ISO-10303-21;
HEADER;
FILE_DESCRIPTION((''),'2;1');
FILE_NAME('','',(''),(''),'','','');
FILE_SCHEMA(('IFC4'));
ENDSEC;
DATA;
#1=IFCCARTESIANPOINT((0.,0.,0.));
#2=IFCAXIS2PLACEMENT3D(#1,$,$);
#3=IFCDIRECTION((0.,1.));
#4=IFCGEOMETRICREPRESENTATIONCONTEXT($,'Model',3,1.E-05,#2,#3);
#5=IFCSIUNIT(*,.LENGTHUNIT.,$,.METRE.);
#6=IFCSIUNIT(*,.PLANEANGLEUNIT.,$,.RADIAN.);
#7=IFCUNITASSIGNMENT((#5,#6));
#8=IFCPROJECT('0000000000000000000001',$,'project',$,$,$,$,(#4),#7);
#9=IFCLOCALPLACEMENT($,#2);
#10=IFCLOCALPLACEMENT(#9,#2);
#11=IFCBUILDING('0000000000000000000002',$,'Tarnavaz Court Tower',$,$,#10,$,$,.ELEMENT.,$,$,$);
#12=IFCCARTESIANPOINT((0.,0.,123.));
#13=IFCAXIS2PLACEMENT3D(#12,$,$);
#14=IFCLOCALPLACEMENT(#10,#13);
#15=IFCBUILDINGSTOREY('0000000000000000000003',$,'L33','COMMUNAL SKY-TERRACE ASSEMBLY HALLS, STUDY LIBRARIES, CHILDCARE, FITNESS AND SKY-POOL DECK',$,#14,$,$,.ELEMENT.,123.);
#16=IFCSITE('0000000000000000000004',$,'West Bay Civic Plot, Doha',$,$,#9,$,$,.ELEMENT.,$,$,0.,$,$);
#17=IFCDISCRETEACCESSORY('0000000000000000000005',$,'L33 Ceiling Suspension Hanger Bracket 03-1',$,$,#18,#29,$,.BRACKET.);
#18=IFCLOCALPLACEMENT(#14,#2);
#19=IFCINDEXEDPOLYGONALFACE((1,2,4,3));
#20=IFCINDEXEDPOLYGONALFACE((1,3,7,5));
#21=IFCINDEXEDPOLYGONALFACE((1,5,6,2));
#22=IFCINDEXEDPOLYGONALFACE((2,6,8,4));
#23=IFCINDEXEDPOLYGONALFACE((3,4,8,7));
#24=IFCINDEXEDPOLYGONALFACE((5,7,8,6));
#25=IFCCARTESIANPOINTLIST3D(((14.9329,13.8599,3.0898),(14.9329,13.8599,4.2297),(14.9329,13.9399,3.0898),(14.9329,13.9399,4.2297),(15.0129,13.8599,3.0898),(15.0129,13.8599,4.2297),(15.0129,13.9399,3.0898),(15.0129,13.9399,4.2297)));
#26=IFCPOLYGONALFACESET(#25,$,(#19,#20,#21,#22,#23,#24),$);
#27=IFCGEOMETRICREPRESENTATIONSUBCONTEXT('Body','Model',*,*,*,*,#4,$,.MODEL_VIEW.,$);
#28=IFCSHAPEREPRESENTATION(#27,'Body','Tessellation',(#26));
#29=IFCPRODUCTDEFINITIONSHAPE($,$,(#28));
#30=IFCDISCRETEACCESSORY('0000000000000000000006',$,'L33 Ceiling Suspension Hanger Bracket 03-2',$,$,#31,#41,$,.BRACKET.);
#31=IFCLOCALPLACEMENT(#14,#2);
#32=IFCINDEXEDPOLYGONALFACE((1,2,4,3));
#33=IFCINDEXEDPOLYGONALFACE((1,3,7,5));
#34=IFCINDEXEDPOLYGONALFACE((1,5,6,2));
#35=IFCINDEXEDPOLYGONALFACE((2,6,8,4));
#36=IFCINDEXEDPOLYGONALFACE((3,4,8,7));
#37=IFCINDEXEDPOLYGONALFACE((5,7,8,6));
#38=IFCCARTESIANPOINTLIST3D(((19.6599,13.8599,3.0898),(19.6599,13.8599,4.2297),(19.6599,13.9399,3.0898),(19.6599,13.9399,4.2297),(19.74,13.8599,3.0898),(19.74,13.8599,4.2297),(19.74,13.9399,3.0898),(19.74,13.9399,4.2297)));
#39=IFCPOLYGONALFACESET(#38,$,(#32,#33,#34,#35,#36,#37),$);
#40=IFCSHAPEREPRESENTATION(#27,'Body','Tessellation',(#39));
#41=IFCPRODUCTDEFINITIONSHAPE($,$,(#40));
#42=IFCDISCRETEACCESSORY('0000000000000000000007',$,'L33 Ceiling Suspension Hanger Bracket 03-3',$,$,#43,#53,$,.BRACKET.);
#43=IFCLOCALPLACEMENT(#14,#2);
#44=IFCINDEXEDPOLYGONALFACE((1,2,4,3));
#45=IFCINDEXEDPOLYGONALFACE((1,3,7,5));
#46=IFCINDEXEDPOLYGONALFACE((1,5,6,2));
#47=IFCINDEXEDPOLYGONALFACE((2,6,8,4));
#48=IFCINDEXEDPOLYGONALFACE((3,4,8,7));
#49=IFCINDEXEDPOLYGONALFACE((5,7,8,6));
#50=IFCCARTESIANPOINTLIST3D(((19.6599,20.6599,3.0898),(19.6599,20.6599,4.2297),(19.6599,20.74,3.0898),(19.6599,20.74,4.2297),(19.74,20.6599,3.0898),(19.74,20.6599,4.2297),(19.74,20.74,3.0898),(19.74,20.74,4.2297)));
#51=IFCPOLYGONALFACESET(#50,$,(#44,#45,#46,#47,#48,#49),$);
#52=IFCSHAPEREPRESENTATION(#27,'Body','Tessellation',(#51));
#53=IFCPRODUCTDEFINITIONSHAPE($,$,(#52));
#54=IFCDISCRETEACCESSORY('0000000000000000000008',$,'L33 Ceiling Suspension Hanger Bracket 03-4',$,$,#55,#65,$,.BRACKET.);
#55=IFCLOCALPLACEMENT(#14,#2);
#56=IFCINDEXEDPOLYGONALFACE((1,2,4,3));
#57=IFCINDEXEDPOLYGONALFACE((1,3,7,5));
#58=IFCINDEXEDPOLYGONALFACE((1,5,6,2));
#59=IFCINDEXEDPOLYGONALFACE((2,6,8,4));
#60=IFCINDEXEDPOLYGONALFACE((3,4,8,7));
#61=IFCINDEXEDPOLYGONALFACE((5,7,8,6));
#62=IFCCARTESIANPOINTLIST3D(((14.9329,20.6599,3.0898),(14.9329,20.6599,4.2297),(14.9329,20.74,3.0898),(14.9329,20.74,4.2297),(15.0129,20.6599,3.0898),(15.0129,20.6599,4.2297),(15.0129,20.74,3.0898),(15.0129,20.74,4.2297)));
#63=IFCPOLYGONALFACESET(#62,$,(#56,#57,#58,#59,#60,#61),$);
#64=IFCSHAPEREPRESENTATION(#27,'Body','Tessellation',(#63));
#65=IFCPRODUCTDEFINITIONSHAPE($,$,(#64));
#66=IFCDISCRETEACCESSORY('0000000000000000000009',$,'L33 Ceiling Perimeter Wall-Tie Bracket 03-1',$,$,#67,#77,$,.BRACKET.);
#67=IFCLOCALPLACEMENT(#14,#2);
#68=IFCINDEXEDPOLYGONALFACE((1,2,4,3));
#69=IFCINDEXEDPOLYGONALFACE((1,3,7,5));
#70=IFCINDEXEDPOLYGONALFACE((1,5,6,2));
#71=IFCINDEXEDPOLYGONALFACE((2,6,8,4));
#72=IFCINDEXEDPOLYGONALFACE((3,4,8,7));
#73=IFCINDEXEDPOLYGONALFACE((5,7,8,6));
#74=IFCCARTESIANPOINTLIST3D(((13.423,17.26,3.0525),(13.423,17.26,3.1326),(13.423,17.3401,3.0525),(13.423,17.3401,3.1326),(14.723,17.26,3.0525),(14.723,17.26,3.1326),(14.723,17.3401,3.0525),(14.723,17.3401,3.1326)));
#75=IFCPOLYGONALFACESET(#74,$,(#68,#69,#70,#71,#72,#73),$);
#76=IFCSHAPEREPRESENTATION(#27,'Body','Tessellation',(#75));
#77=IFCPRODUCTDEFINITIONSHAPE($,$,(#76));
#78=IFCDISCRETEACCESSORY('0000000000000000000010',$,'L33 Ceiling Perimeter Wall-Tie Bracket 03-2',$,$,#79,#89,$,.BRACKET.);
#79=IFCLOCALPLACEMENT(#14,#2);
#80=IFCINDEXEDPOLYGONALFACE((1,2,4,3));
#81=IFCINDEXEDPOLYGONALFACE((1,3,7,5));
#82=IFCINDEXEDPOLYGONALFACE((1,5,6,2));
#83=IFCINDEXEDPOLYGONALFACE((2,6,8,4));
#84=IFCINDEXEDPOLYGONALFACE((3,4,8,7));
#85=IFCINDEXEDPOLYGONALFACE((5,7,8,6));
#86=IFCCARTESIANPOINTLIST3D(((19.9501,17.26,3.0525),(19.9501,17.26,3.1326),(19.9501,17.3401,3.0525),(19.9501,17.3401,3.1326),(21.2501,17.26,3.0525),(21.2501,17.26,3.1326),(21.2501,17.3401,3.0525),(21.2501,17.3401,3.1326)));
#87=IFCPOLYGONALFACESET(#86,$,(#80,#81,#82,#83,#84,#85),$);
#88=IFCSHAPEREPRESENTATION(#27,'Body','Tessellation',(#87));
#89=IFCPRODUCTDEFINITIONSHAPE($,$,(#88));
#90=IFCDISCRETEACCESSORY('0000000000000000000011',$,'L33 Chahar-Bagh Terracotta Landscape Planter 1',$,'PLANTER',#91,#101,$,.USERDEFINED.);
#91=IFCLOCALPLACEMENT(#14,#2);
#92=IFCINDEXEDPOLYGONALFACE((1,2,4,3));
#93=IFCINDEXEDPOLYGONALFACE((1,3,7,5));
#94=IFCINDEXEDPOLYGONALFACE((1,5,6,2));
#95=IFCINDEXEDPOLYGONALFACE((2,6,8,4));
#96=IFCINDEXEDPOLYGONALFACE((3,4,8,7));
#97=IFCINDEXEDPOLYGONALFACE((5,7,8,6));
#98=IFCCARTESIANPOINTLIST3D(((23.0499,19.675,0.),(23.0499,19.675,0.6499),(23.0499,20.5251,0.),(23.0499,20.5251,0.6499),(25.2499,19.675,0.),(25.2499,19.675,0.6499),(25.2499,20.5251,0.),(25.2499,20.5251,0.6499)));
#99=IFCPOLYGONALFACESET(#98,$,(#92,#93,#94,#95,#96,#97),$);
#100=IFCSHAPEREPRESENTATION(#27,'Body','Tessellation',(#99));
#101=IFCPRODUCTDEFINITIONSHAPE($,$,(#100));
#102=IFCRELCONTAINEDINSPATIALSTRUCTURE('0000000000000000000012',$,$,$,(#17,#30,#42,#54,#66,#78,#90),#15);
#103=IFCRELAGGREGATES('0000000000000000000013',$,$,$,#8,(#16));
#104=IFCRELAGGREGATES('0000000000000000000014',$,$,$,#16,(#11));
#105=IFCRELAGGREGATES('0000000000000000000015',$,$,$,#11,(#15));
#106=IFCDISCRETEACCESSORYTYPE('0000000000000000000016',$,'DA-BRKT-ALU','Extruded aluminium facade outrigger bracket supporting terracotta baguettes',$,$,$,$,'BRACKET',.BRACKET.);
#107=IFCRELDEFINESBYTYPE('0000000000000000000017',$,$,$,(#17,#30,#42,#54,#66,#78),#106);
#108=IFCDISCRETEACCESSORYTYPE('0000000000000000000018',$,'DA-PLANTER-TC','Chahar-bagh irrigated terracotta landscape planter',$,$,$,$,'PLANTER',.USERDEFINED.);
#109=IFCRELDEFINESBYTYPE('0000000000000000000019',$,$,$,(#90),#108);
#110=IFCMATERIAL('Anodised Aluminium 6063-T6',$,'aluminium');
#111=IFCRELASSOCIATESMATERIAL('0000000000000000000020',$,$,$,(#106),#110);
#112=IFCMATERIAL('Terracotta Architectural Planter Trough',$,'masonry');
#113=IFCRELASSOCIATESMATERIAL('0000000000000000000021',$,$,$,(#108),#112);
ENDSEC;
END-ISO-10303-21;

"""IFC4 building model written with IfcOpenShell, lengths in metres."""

from ifc_helpers import new_model, si_unit, direction, frame, origin, origin_2d, place, context, subcontext, project, spatial, rectangle, extrude, material, type_object, element, save


model = new_model("IFC4")

# Units and contexts
model_context = context("Model", 3, precision=1e-05, world=origin(), true_north=direction((0.0, 1.0)))
body_context = subcontext(model_context, "Body", "Model", "MODEL_VIEW")
ifc_project = project(units=[si_unit("LENGTHUNIT", "METRE"), si_unit("PLANEANGLEUNIT", "RADIAN")], contexts=[model_context])

# Site, building, storey
site_placement = place(None, origin())
site = spatial("IfcSite", under=ifc_project, at=site_placement, Name="West Bay Civic Plot, Doha", CompositionType="ELEMENT", RefElevation=0.0)
building_placement = place(site_placement, origin())
building = spatial("IfcBuilding", under=site, at=building_placement, Name="Tarnavaz Court Tower", CompositionType="ELEMENT")
storey_placement = place(building_placement, frame((0.0, 0.0, 123.0)))
storey = spatial("IfcBuildingStorey", under=building, at=storey_placement, Name="L33", Description="COMMUNAL SKY-TERRACE ASSEMBLY HALLS, STUDY LIBRARIES, CHILDCARE, FITNESS AND SKY-POOL DECK", CompositionType="ELEMENT", Elevation=123.0)

# Shared definitions
ifc_material_1 = material(Name="Anodised Aluminium 6063-T6", Category="aluminium")

# Discrete accessories
discrete_accessory_type_1 = type_object("IfcDiscreteAccessoryType", Name="DA-BRKT-ALU", Description="Extruded aluminium facade outrigger bracket supporting terracotta baguettes", ElementType="BRACKET", PredefinedType="BRACKET", material=ifc_material_1)
for number, where, z_axis, x_axis, name in (
    (1, (14.9729, 13.8999, 3.0898), (0.0, 0.0, 1.0), (1.0, 0.0, 0.0), "L33 Ceiling Suspension Hanger Bracket 03-1"),
    (2, (19.7, 13.8999, 3.0898), (0.0, 0.0, 1.0), (1.0, 0.0, 0.0), "L33 Ceiling Suspension Hanger Bracket 03-2"),
    (3, (19.7, 20.7, 3.0898), (0.0, 0.0, 1.0), (1.0, 0.0, 0.0), "L33 Ceiling Suspension Hanger Bracket 03-3"),
    (4, (14.9729, 20.7, 3.0898), (0.0, 0.0, 1.0), (1.0, 0.0, 0.0), "L33 Ceiling Suspension Hanger Bracket 03-4"),
):
    element("IfcDiscreteAccessory", number, at=place(storey_placement, frame(where, z_axis=z_axis, x_axis=x_axis)), inside=storey, type_object=discrete_accessory_type_1, Name=name, PredefinedType="BRACKET", context=body_context, shape_type="SweptSolid", body=[
        extrude(rectangle(XDim=0.0801, YDim=0.0801, at=origin_2d()), origin(), (0.0, 0.0, 1.0), 1.1399),
    ])
for number, where, z_axis, x_axis, name in (
    (5, (14.073, 17.3, 3.0525), (0.0, 0.0, 1.0), (1.0, 0.0, 0.0), "L33 Ceiling Perimeter Wall-Tie Bracket 03-1"),
    (6, (20.6001, 17.3, 3.0525), (0.0, 0.0, 1.0), (1.0, 0.0, 0.0), "L33 Ceiling Perimeter Wall-Tie Bracket 03-2"),
):
    element("IfcDiscreteAccessory", number, at=place(storey_placement, frame(where, z_axis=z_axis, x_axis=x_axis)), inside=storey, type_object=discrete_accessory_type_1, Name=name, PredefinedType="BRACKET", context=body_context, shape_type="SweptSolid", body=[
        extrude(rectangle(XDim=1.3, YDim=0.0801, at=origin_2d()), origin(), (0.0, 0.0, 1.0), 0.0801),
    ])
ifc_material_2 = material(Name="Terracotta Architectural Planter Trough", Category="masonry")
discrete_accessory_type_2 = type_object("IfcDiscreteAccessoryType", Name="DA-PLANTER-TC", Description="Chahar-bagh irrigated terracotta landscape planter", ElementType="PLANTER", PredefinedType="USERDEFINED", material=ifc_material_2)
discrete_accessory_placement = place(storey_placement, frame((24.1499, 20.1001, 0.0), z_axis=(0.0, 0.0, 1.0), x_axis=(1.0, 0.0, 0.0)))
element("IfcDiscreteAccessory", 7, at=discrete_accessory_placement, inside=storey, type_object=discrete_accessory_type_2, Name="L33 Chahar-Bagh Terracotta Landscape Planter 1", ObjectType="PLANTER", PredefinedType="USERDEFINED", context=body_context, shape_type="SweptSolid", body=[
    extrude(rectangle(XDim=2.2, YDim=0.8501, at=origin_2d()), origin(), (0.0, 0.0, 1.0), 0.6499),
])

save(model, "model.ifc")
